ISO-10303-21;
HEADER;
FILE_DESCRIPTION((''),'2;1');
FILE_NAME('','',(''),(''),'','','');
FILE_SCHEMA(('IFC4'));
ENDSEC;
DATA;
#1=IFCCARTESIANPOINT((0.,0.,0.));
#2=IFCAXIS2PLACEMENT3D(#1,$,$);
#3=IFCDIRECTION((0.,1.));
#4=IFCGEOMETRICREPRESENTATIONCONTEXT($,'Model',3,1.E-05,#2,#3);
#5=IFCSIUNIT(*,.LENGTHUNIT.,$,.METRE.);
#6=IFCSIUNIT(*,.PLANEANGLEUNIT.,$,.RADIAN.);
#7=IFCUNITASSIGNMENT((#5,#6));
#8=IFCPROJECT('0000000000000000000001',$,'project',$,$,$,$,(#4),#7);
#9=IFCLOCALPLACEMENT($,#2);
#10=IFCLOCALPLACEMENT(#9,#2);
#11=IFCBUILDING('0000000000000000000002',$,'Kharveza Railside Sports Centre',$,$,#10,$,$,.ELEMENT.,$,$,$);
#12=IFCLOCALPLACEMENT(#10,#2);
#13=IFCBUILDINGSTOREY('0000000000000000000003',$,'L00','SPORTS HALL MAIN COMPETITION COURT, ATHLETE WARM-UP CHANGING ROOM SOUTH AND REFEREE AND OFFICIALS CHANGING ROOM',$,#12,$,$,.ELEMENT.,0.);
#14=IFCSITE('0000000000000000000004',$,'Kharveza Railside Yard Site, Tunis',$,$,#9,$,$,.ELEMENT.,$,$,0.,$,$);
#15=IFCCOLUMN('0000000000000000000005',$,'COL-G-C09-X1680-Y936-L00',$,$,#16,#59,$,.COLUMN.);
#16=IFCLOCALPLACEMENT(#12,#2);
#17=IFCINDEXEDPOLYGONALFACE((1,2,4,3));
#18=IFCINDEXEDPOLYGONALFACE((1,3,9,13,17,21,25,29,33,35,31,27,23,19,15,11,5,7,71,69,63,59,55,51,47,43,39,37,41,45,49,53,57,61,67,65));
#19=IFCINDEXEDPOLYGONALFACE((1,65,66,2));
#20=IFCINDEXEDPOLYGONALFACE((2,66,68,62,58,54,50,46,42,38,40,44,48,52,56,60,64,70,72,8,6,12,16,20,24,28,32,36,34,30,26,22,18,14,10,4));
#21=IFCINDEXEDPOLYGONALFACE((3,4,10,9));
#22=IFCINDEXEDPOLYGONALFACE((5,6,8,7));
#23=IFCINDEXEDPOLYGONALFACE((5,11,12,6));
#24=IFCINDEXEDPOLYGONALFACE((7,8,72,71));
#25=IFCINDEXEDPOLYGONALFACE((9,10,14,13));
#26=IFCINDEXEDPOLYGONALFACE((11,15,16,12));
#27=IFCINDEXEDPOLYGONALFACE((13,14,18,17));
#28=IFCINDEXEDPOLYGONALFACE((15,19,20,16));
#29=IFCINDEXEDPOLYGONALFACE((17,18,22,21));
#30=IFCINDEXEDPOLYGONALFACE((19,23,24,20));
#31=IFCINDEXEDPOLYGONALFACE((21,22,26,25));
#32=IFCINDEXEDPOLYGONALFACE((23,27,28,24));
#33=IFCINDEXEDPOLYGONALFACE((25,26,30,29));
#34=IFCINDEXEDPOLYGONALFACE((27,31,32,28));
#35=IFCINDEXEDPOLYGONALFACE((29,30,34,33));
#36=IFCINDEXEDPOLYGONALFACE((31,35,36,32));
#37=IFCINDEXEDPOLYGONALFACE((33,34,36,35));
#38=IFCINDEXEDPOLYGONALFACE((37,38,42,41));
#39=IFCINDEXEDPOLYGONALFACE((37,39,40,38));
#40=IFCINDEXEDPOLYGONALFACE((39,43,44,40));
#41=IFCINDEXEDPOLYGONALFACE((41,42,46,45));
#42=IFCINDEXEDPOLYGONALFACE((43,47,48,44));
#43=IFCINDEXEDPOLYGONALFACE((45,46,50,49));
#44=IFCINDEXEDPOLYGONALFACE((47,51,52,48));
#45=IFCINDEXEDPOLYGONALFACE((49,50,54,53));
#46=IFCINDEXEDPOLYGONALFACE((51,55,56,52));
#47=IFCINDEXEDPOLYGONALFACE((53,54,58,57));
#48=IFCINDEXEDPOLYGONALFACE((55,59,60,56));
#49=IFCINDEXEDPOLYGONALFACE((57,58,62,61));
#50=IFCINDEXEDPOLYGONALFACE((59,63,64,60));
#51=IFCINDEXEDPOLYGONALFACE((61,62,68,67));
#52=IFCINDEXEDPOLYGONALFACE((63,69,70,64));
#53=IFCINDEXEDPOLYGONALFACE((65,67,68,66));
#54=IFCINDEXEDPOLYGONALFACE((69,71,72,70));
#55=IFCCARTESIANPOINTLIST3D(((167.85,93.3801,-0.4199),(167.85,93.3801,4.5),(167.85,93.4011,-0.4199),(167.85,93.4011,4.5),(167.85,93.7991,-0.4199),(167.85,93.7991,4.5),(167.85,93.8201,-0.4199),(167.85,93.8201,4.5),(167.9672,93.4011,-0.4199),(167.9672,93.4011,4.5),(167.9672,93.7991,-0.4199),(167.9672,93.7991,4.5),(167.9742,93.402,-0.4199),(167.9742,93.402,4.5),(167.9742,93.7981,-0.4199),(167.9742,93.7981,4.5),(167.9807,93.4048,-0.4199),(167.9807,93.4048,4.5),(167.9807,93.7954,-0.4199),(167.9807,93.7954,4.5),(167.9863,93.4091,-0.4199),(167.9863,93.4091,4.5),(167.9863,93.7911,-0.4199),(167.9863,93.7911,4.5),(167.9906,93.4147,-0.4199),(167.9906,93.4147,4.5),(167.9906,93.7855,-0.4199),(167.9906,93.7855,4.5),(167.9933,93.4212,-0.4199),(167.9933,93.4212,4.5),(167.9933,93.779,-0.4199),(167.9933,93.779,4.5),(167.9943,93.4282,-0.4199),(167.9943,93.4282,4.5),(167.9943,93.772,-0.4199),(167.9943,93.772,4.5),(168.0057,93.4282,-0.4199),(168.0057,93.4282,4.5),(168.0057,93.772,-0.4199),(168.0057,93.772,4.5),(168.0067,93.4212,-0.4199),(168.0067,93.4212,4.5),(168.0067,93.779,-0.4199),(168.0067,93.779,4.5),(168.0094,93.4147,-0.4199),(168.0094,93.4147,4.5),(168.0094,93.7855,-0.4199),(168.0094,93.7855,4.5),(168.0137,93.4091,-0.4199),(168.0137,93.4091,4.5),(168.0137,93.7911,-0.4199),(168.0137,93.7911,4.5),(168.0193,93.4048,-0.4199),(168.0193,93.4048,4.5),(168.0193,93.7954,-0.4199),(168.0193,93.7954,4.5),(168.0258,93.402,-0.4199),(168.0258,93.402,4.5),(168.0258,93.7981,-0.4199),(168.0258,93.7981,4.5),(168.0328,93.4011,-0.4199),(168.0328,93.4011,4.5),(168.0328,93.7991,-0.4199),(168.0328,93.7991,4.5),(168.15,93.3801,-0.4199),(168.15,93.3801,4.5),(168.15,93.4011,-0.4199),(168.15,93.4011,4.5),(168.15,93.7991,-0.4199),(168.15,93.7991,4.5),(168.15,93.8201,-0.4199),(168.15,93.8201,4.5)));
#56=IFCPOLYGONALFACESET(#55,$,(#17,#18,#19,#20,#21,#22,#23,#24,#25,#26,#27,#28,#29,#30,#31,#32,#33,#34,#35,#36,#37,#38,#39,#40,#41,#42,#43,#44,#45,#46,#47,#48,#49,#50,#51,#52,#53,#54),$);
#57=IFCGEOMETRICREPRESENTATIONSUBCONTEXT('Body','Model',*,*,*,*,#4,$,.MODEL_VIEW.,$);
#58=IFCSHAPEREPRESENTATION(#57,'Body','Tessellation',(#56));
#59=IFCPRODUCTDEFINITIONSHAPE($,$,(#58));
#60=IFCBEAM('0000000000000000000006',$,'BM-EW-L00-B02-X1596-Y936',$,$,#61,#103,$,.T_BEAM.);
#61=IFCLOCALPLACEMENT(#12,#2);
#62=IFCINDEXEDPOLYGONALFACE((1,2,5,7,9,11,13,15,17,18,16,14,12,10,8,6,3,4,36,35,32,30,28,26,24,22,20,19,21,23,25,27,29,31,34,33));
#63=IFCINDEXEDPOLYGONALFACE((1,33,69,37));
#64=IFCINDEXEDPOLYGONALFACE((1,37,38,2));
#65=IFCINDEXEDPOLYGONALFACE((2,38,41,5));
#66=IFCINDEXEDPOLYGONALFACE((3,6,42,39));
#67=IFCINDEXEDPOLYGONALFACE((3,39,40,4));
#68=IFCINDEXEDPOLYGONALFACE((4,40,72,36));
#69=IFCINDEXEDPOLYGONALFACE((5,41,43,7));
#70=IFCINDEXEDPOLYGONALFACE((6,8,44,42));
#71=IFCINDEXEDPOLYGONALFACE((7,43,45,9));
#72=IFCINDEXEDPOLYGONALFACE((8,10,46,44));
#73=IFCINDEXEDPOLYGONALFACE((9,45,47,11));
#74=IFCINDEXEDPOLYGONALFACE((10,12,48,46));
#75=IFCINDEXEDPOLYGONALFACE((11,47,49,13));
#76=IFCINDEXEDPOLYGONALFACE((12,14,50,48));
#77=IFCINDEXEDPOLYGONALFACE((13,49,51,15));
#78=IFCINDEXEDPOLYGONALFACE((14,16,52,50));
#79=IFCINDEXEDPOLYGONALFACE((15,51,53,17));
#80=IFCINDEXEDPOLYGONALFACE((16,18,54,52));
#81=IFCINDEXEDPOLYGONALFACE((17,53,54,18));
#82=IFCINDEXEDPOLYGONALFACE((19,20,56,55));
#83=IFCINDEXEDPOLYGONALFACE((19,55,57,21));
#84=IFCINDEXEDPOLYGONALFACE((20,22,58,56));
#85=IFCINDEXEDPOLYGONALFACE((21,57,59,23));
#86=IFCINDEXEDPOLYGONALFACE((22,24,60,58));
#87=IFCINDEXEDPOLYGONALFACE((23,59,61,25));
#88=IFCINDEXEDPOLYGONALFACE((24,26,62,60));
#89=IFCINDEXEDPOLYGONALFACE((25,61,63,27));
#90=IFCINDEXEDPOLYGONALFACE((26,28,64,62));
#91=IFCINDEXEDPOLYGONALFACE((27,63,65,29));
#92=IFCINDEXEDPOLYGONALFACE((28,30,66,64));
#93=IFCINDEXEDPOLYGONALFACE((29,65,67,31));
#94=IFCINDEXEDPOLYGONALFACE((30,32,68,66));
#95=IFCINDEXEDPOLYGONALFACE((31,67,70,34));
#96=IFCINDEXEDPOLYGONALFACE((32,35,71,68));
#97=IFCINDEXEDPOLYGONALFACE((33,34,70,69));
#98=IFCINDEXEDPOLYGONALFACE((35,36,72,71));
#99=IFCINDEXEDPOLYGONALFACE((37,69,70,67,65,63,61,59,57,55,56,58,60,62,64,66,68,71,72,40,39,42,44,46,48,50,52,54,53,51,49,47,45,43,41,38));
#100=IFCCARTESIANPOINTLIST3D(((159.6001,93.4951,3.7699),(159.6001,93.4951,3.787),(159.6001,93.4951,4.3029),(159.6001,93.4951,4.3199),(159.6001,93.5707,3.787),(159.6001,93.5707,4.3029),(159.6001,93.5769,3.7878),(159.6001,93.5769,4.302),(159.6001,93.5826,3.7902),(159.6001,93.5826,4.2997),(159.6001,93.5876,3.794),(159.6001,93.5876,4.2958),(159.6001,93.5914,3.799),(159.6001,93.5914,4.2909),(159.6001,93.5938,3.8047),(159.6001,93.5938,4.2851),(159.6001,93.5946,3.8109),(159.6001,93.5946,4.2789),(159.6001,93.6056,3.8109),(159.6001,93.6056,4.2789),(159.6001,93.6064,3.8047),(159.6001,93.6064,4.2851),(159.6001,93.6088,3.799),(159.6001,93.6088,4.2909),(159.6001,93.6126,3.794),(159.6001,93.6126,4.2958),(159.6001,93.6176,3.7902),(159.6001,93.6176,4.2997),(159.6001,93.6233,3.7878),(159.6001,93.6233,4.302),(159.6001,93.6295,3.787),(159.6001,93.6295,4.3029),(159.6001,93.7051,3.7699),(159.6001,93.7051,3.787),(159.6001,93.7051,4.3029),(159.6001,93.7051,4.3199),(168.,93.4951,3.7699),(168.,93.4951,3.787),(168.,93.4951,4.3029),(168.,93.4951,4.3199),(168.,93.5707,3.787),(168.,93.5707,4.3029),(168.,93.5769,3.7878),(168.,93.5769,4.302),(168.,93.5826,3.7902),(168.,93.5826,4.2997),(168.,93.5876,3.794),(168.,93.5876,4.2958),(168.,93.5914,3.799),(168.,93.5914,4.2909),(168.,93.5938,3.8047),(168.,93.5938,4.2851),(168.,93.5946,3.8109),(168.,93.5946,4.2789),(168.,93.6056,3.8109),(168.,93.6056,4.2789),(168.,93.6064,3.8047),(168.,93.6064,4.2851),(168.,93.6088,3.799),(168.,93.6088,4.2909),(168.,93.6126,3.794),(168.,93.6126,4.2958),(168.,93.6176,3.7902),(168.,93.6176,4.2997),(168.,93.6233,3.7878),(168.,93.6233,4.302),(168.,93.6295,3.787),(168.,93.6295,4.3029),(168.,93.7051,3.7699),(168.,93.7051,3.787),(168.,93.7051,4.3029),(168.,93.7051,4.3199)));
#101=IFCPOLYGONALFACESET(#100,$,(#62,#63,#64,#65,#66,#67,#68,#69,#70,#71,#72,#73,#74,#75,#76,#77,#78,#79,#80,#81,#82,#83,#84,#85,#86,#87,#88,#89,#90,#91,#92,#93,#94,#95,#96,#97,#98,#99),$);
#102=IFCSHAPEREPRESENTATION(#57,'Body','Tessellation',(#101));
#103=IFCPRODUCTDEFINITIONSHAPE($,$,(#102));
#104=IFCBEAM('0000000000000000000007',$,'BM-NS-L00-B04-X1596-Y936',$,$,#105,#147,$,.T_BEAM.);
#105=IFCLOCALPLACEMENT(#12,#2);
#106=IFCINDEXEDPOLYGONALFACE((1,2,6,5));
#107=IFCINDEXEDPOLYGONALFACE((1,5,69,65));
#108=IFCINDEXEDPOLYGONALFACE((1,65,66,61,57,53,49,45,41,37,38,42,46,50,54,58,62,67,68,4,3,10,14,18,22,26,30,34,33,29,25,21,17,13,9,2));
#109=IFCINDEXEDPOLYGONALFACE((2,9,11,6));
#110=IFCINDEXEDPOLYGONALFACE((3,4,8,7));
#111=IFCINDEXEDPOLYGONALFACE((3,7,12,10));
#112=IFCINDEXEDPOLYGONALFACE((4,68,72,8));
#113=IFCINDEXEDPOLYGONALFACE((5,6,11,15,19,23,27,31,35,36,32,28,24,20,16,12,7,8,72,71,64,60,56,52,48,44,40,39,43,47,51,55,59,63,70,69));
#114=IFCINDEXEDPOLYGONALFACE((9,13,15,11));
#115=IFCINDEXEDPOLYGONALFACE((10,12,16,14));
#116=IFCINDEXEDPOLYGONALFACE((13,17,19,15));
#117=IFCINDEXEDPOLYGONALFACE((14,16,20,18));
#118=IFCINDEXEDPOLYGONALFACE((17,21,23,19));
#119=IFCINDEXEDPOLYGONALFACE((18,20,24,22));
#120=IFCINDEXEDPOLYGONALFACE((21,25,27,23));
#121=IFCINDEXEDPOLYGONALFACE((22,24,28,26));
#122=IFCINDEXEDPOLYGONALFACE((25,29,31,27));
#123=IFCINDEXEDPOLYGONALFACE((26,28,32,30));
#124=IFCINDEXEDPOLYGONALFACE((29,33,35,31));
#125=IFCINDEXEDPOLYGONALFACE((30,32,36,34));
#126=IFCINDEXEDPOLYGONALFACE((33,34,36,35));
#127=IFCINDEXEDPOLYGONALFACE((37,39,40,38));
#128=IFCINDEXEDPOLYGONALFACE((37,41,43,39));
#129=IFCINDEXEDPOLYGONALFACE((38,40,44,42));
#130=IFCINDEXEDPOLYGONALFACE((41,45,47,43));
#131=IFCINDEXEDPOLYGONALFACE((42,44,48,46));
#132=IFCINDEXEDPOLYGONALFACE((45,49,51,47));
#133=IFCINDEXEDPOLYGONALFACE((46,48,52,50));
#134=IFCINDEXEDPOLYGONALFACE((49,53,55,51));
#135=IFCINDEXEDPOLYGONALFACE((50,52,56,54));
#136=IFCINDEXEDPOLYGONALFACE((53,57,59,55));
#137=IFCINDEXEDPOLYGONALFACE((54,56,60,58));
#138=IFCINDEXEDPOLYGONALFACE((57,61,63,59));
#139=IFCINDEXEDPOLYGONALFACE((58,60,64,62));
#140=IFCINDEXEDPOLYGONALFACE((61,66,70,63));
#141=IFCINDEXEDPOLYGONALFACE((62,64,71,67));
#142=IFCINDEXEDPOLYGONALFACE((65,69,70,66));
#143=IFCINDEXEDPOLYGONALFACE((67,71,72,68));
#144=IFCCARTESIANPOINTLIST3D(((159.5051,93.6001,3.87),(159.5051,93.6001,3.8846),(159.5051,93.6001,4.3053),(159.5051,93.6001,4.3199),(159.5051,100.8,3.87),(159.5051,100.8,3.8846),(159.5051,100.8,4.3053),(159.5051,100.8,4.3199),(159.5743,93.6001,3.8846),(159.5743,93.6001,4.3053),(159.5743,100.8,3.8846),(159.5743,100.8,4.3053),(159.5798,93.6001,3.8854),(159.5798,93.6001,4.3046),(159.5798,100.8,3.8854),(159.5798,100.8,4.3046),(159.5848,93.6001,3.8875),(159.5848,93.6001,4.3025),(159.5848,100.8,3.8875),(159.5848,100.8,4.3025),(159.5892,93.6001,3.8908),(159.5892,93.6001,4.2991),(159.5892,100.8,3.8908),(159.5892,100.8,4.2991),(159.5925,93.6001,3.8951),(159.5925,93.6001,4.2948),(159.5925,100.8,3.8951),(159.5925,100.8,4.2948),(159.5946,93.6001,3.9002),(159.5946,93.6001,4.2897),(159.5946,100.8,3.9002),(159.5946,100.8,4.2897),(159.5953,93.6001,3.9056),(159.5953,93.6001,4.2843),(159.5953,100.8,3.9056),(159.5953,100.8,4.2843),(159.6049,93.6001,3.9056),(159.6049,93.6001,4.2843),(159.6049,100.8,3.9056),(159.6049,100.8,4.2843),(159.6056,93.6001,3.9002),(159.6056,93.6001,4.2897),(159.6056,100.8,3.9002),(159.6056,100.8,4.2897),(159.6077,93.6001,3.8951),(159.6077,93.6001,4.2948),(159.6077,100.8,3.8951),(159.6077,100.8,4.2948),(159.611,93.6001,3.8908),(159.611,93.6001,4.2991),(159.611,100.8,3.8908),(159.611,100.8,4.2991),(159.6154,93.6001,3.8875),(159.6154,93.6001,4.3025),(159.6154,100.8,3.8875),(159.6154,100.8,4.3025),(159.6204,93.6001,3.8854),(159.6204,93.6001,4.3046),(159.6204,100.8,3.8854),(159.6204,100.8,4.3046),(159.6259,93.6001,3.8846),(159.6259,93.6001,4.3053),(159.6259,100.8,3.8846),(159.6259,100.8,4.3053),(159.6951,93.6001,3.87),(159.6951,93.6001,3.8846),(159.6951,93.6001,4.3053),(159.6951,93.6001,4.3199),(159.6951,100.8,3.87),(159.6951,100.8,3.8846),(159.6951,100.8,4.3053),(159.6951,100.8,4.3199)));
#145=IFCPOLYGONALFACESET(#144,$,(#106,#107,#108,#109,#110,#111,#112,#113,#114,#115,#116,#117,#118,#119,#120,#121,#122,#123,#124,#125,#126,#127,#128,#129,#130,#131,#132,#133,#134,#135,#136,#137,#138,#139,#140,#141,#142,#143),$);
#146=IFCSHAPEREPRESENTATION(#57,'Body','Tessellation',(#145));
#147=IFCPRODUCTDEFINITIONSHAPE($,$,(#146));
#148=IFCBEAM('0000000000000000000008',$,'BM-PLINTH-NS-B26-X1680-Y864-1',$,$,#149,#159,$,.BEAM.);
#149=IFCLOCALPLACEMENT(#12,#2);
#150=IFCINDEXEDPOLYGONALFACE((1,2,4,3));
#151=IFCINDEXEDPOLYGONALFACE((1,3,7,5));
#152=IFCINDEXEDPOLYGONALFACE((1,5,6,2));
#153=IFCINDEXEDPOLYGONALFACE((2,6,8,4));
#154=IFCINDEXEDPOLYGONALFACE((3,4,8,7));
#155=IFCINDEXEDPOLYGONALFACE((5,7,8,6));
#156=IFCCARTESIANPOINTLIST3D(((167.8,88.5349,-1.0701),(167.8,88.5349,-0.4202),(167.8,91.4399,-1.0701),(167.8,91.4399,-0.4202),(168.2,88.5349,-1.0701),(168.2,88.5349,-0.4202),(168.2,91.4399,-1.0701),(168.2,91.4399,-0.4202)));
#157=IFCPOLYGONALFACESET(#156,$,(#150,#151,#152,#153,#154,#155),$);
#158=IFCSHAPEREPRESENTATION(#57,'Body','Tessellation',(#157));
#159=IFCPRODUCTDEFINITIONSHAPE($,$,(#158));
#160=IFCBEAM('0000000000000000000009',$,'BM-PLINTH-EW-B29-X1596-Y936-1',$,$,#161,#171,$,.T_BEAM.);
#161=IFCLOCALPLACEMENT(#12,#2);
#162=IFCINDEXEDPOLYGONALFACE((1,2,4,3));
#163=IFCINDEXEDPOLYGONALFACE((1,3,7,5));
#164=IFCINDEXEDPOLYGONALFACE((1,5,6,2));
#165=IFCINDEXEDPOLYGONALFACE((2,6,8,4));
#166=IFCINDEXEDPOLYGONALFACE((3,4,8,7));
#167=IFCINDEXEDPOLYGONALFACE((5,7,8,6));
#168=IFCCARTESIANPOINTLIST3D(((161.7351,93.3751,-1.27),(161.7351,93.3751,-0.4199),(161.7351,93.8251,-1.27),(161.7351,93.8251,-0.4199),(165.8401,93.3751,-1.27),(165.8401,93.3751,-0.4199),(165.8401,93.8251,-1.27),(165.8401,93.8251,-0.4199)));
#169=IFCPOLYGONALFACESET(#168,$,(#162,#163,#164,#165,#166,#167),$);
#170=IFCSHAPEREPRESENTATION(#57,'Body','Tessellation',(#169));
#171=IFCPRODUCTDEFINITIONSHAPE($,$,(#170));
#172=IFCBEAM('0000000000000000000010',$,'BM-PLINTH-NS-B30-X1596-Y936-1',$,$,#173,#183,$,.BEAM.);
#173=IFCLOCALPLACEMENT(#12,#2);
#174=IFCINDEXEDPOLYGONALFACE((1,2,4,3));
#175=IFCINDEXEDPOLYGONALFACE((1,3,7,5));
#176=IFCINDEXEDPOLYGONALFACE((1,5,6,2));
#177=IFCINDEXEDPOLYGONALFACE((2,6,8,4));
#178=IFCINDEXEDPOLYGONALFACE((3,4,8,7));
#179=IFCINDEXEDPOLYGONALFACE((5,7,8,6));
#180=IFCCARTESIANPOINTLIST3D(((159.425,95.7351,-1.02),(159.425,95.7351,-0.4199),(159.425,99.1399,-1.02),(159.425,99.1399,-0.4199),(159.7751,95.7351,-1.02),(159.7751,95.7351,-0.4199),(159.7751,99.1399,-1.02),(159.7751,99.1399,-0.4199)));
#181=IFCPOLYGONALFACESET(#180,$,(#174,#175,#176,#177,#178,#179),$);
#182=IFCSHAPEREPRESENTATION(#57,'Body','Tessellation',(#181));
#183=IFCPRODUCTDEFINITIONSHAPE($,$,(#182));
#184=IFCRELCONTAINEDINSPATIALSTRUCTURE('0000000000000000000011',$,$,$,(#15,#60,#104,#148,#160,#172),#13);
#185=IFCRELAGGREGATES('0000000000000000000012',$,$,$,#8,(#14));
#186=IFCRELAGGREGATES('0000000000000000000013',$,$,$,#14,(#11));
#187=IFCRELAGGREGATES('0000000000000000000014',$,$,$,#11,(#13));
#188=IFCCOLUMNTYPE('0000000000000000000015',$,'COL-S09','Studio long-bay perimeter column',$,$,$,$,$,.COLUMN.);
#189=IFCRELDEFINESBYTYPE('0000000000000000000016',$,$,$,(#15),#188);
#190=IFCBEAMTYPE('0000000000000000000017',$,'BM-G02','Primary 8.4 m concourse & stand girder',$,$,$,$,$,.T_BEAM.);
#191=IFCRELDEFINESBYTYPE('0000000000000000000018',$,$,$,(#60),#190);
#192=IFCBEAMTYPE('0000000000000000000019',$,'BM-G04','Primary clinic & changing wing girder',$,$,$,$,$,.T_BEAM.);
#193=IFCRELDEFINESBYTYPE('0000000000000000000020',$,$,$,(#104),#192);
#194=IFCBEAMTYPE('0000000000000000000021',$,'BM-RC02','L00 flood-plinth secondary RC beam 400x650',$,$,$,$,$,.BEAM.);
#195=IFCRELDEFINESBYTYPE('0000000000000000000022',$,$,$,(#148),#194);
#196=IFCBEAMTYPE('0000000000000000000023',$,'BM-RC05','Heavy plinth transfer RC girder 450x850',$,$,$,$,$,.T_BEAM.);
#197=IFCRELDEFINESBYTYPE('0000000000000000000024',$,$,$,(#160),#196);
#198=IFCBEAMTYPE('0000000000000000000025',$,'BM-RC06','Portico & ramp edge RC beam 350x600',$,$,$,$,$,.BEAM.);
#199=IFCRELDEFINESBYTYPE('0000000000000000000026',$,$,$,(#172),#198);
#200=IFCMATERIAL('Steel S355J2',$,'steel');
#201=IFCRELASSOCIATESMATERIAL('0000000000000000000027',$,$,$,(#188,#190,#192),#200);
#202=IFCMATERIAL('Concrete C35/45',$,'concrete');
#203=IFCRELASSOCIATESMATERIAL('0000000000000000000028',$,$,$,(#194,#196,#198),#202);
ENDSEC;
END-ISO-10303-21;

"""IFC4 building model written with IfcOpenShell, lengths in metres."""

from ifc_helpers import new_model, si_unit, direction, frame, origin, origin_2d, place, context, subcontext, project, spatial, rectangle, i_section, extrude, material, material_profile, profile_set, type_object, element, save


model = new_model("IFC4")

# Units and contexts
model_context = context("Model", 3, precision=1e-05, world=origin(), true_north=direction((0.0, 1.0)))
body_context = subcontext(model_context, "Body", "Model", "MODEL_VIEW")
ifc_project = project(units=[si_unit("LENGTHUNIT", "METRE"), si_unit("PLANEANGLEUNIT", "RADIAN")], contexts=[model_context])

# Site, building, storey
site_placement = place(None, origin())
site = spatial("IfcSite", under=ifc_project, at=site_placement, Name="Kharveza Railside Yard Site, Tunis", CompositionType="ELEMENT", RefElevation=0.0)
building_placement = place(site_placement, origin())
building = spatial("IfcBuilding", under=site, at=building_placement, Name="Kharveza Railside Sports Centre", CompositionType="ELEMENT")
storey_placement = place(building_placement, origin())
storey = spatial("IfcBuildingStorey", under=building, at=storey_placement, Name="L00", Description="SPORTS HALL MAIN COMPETITION COURT, ATHLETE WARM-UP CHANGING ROOM SOUTH AND REFEREE AND OFFICIALS CHANGING ROOM", CompositionType="ELEMENT", Elevation=0.0)

# Shared definitions
ifc_material_1 = material(Name="Concrete C35/45", Category="concrete")

# Column
ifc_material_2 = material(Name="Steel S355J2", Category="steel")
ifc_material_profile_1 = material_profile(ifc_material_2, i_section(OverallWidth=0.3, OverallDepth=0.4399, WebThickness=0.0115, FlangeThickness=0.021, FilletRadius=0.0271, at=origin_2d()), Name="HEA 450")
ifc_profile_set_1 = profile_set([ifc_material_profile_1], Name="Steel S355J2")
column_type = type_object("IfcColumnType", Name="COL-S09", Description="Studio long-bay perimeter column", PredefinedType="COLUMN", material=ifc_profile_set_1)
for number, where, z_axis, x_axis, name in (
    (1, (168.0, 93.6001, -0.4199), (0.0, 0.0, 1.0), (1.0, 0.0, 0.0), "COL-G-C09-X1680-Y936-L00"),
):
    element("IfcColumn", number, at=place(storey_placement, frame(where, z_axis=z_axis, x_axis=x_axis)), inside=storey, type_object=column_type, Name=name, PredefinedType="COLUMN", context=body_context, shape_type="SweptSolid", body=[
        extrude(i_section(OverallWidth=0.3, OverallDepth=0.4399, WebThickness=0.0115, FlangeThickness=0.021, FilletRadius=0.0271, at=origin_2d()), origin(), (0.0, 0.0, 1.0), 4.9199),
    ])

# Beams
ifc_material_profile_2 = material_profile(ifc_material_2, i_section(OverallWidth=0.21, OverallDepth=0.55, WebThickness=0.011, FlangeThickness=0.0171, FilletRadius=0.0239, at=origin_2d()), Name="IPE 550")
ifc_profile_set_2 = profile_set([ifc_material_profile_2], Name="Steel S355J2")
beam_type_1 = type_object("IfcBeamType", Name="BM-G02", Description="Primary 8.4 m concourse & stand girder", PredefinedType="T_BEAM", material=ifc_profile_set_2)
beam_1_placement = place(storey_placement, frame((159.6001, 93.6001, 4.0449), z_axis=(1.0, 0.0, 0.0), x_axis=(0.0, 1.0, 0.0)))
element("IfcBeam", 2, at=beam_1_placement, inside=storey, type_object=beam_type_1, Name="BM-EW-L00-B02-X1596-Y936", PredefinedType="T_BEAM", context=body_context, shape_type="SweptSolid", body=[
    extrude(i_section(OverallWidth=0.21, OverallDepth=0.55, WebThickness=0.011, FlangeThickness=0.0171, FilletRadius=0.0239, at=origin_2d()), origin(), (0.0, 0.0, 1.0), 8.3999),
])
ifc_material_profile_3 = material_profile(ifc_material_2, i_section(OverallWidth=0.1899, OverallDepth=0.45, WebThickness=0.0095, FlangeThickness=0.0146, FilletRadius=0.021, at=origin_2d()), Name="IPE 450")
ifc_profile_set_3 = profile_set([ifc_material_profile_3], Name="Steel S355J2")
beam_type_2 = type_object("IfcBeamType", Name="BM-G04", Description="Primary clinic & changing wing girder", PredefinedType="T_BEAM", material=ifc_profile_set_3)
beam_2_placement = place(storey_placement, frame((159.6001, 93.6001, 4.095), z_axis=(0.0, 1.0, 0.0), x_axis=(-1.0, 0.0, 0.0)))
element("IfcBeam", 3, at=beam_2_placement, inside=storey, type_object=beam_type_2, Name="BM-NS-L00-B04-X1596-Y936", PredefinedType="T_BEAM", context=body_context, shape_type="SweptSolid", body=[
    extrude(i_section(OverallWidth=0.1899, OverallDepth=0.45, WebThickness=0.0095, FlangeThickness=0.0146, FilletRadius=0.021, at=origin_2d()), origin(), (0.0, 0.0, 1.0), 7.2),
])
ifc_material_profile_4 = material_profile(ifc_material_1, rectangle(XDim=0.3999, YDim=0.6499, at=origin_2d()), Name="RCB 400x650")
ifc_profile_set_4 = profile_set([ifc_material_profile_4], Name="Concrete C35/45")
beam_type_3 = type_object("IfcBeamType", Name="BM-RC02", Description="L00 flood-plinth secondary RC beam 400x650", PredefinedType="BEAM", material=ifc_profile_set_4)
beam_3_placement = place(storey_placement, frame((168.0, 88.5349, -0.7451), z_axis=(0.0, 1.0, 0.0), x_axis=(-1.0, 0.0, 0.0)))
element("IfcBeam", 4, at=beam_3_placement, inside=storey, type_object=beam_type_3, Name="BM-PLINTH-NS-B26-X1680-Y864-1", PredefinedType="BEAM", context=body_context, shape_type="SweptSolid", body=[
    extrude(rectangle(XDim=0.3999, YDim=0.6499, at=origin_2d()), origin(), (0.0, 0.0, 1.0), 2.905),
])
ifc_material_profile_5 = material_profile(ifc_material_1, rectangle(XDim=0.45, YDim=0.8501, at=origin_2d()), Name="RCB 450x850")
ifc_profile_set_5 = profile_set([ifc_material_profile_5], Name="Concrete C35/45")
beam_type_4 = type_object("IfcBeamType", Name="BM-RC05", Description="Heavy plinth transfer RC girder 450x850", PredefinedType="T_BEAM", material=ifc_profile_set_5)
beam_4_placement = place(storey_placement, frame((161.7351, 93.6001, -0.845), z_axis=(1.0, 0.0, 0.0), x_axis=(0.0, 1.0, 0.0)))
element("IfcBeam", 5, at=beam_4_placement, inside=storey, type_object=beam_type_4, Name="BM-PLINTH-EW-B29-X1596-Y936-1", PredefinedType="T_BEAM", context=body_context, shape_type="SweptSolid", body=[
    extrude(rectangle(XDim=0.45, YDim=0.8501, at=origin_2d()), origin(), (0.0, 0.0, 1.0), 4.105),
])
ifc_material_profile_6 = material_profile(ifc_material_1, rectangle(XDim=0.3501, YDim=0.6001, at=origin_2d()), Name="RCB 350x600")
ifc_profile_set_6 = profile_set([ifc_material_profile_6], Name="Concrete C35/45")
beam_type_5 = type_object("IfcBeamType", Name="BM-RC06", Description="Portico & ramp edge RC beam 350x600", PredefinedType="BEAM", material=ifc_profile_set_6)
beam_5_placement = place(storey_placement, frame((159.6001, 95.7351, -0.72), z_axis=(0.0, 1.0, 0.0), x_axis=(-1.0, 0.0, 0.0)))
element("IfcBeam", 6, at=beam_5_placement, inside=storey, type_object=beam_type_5, Name="BM-PLINTH-NS-B30-X1596-Y936-1", PredefinedType="BEAM", context=body_context, shape_type="SweptSolid", body=[
    extrude(rectangle(XDim=0.3501, YDim=0.6001, at=origin_2d()), origin(), (0.0, 0.0, 1.0), 3.4048),
])

save(model, "model.ifc")
